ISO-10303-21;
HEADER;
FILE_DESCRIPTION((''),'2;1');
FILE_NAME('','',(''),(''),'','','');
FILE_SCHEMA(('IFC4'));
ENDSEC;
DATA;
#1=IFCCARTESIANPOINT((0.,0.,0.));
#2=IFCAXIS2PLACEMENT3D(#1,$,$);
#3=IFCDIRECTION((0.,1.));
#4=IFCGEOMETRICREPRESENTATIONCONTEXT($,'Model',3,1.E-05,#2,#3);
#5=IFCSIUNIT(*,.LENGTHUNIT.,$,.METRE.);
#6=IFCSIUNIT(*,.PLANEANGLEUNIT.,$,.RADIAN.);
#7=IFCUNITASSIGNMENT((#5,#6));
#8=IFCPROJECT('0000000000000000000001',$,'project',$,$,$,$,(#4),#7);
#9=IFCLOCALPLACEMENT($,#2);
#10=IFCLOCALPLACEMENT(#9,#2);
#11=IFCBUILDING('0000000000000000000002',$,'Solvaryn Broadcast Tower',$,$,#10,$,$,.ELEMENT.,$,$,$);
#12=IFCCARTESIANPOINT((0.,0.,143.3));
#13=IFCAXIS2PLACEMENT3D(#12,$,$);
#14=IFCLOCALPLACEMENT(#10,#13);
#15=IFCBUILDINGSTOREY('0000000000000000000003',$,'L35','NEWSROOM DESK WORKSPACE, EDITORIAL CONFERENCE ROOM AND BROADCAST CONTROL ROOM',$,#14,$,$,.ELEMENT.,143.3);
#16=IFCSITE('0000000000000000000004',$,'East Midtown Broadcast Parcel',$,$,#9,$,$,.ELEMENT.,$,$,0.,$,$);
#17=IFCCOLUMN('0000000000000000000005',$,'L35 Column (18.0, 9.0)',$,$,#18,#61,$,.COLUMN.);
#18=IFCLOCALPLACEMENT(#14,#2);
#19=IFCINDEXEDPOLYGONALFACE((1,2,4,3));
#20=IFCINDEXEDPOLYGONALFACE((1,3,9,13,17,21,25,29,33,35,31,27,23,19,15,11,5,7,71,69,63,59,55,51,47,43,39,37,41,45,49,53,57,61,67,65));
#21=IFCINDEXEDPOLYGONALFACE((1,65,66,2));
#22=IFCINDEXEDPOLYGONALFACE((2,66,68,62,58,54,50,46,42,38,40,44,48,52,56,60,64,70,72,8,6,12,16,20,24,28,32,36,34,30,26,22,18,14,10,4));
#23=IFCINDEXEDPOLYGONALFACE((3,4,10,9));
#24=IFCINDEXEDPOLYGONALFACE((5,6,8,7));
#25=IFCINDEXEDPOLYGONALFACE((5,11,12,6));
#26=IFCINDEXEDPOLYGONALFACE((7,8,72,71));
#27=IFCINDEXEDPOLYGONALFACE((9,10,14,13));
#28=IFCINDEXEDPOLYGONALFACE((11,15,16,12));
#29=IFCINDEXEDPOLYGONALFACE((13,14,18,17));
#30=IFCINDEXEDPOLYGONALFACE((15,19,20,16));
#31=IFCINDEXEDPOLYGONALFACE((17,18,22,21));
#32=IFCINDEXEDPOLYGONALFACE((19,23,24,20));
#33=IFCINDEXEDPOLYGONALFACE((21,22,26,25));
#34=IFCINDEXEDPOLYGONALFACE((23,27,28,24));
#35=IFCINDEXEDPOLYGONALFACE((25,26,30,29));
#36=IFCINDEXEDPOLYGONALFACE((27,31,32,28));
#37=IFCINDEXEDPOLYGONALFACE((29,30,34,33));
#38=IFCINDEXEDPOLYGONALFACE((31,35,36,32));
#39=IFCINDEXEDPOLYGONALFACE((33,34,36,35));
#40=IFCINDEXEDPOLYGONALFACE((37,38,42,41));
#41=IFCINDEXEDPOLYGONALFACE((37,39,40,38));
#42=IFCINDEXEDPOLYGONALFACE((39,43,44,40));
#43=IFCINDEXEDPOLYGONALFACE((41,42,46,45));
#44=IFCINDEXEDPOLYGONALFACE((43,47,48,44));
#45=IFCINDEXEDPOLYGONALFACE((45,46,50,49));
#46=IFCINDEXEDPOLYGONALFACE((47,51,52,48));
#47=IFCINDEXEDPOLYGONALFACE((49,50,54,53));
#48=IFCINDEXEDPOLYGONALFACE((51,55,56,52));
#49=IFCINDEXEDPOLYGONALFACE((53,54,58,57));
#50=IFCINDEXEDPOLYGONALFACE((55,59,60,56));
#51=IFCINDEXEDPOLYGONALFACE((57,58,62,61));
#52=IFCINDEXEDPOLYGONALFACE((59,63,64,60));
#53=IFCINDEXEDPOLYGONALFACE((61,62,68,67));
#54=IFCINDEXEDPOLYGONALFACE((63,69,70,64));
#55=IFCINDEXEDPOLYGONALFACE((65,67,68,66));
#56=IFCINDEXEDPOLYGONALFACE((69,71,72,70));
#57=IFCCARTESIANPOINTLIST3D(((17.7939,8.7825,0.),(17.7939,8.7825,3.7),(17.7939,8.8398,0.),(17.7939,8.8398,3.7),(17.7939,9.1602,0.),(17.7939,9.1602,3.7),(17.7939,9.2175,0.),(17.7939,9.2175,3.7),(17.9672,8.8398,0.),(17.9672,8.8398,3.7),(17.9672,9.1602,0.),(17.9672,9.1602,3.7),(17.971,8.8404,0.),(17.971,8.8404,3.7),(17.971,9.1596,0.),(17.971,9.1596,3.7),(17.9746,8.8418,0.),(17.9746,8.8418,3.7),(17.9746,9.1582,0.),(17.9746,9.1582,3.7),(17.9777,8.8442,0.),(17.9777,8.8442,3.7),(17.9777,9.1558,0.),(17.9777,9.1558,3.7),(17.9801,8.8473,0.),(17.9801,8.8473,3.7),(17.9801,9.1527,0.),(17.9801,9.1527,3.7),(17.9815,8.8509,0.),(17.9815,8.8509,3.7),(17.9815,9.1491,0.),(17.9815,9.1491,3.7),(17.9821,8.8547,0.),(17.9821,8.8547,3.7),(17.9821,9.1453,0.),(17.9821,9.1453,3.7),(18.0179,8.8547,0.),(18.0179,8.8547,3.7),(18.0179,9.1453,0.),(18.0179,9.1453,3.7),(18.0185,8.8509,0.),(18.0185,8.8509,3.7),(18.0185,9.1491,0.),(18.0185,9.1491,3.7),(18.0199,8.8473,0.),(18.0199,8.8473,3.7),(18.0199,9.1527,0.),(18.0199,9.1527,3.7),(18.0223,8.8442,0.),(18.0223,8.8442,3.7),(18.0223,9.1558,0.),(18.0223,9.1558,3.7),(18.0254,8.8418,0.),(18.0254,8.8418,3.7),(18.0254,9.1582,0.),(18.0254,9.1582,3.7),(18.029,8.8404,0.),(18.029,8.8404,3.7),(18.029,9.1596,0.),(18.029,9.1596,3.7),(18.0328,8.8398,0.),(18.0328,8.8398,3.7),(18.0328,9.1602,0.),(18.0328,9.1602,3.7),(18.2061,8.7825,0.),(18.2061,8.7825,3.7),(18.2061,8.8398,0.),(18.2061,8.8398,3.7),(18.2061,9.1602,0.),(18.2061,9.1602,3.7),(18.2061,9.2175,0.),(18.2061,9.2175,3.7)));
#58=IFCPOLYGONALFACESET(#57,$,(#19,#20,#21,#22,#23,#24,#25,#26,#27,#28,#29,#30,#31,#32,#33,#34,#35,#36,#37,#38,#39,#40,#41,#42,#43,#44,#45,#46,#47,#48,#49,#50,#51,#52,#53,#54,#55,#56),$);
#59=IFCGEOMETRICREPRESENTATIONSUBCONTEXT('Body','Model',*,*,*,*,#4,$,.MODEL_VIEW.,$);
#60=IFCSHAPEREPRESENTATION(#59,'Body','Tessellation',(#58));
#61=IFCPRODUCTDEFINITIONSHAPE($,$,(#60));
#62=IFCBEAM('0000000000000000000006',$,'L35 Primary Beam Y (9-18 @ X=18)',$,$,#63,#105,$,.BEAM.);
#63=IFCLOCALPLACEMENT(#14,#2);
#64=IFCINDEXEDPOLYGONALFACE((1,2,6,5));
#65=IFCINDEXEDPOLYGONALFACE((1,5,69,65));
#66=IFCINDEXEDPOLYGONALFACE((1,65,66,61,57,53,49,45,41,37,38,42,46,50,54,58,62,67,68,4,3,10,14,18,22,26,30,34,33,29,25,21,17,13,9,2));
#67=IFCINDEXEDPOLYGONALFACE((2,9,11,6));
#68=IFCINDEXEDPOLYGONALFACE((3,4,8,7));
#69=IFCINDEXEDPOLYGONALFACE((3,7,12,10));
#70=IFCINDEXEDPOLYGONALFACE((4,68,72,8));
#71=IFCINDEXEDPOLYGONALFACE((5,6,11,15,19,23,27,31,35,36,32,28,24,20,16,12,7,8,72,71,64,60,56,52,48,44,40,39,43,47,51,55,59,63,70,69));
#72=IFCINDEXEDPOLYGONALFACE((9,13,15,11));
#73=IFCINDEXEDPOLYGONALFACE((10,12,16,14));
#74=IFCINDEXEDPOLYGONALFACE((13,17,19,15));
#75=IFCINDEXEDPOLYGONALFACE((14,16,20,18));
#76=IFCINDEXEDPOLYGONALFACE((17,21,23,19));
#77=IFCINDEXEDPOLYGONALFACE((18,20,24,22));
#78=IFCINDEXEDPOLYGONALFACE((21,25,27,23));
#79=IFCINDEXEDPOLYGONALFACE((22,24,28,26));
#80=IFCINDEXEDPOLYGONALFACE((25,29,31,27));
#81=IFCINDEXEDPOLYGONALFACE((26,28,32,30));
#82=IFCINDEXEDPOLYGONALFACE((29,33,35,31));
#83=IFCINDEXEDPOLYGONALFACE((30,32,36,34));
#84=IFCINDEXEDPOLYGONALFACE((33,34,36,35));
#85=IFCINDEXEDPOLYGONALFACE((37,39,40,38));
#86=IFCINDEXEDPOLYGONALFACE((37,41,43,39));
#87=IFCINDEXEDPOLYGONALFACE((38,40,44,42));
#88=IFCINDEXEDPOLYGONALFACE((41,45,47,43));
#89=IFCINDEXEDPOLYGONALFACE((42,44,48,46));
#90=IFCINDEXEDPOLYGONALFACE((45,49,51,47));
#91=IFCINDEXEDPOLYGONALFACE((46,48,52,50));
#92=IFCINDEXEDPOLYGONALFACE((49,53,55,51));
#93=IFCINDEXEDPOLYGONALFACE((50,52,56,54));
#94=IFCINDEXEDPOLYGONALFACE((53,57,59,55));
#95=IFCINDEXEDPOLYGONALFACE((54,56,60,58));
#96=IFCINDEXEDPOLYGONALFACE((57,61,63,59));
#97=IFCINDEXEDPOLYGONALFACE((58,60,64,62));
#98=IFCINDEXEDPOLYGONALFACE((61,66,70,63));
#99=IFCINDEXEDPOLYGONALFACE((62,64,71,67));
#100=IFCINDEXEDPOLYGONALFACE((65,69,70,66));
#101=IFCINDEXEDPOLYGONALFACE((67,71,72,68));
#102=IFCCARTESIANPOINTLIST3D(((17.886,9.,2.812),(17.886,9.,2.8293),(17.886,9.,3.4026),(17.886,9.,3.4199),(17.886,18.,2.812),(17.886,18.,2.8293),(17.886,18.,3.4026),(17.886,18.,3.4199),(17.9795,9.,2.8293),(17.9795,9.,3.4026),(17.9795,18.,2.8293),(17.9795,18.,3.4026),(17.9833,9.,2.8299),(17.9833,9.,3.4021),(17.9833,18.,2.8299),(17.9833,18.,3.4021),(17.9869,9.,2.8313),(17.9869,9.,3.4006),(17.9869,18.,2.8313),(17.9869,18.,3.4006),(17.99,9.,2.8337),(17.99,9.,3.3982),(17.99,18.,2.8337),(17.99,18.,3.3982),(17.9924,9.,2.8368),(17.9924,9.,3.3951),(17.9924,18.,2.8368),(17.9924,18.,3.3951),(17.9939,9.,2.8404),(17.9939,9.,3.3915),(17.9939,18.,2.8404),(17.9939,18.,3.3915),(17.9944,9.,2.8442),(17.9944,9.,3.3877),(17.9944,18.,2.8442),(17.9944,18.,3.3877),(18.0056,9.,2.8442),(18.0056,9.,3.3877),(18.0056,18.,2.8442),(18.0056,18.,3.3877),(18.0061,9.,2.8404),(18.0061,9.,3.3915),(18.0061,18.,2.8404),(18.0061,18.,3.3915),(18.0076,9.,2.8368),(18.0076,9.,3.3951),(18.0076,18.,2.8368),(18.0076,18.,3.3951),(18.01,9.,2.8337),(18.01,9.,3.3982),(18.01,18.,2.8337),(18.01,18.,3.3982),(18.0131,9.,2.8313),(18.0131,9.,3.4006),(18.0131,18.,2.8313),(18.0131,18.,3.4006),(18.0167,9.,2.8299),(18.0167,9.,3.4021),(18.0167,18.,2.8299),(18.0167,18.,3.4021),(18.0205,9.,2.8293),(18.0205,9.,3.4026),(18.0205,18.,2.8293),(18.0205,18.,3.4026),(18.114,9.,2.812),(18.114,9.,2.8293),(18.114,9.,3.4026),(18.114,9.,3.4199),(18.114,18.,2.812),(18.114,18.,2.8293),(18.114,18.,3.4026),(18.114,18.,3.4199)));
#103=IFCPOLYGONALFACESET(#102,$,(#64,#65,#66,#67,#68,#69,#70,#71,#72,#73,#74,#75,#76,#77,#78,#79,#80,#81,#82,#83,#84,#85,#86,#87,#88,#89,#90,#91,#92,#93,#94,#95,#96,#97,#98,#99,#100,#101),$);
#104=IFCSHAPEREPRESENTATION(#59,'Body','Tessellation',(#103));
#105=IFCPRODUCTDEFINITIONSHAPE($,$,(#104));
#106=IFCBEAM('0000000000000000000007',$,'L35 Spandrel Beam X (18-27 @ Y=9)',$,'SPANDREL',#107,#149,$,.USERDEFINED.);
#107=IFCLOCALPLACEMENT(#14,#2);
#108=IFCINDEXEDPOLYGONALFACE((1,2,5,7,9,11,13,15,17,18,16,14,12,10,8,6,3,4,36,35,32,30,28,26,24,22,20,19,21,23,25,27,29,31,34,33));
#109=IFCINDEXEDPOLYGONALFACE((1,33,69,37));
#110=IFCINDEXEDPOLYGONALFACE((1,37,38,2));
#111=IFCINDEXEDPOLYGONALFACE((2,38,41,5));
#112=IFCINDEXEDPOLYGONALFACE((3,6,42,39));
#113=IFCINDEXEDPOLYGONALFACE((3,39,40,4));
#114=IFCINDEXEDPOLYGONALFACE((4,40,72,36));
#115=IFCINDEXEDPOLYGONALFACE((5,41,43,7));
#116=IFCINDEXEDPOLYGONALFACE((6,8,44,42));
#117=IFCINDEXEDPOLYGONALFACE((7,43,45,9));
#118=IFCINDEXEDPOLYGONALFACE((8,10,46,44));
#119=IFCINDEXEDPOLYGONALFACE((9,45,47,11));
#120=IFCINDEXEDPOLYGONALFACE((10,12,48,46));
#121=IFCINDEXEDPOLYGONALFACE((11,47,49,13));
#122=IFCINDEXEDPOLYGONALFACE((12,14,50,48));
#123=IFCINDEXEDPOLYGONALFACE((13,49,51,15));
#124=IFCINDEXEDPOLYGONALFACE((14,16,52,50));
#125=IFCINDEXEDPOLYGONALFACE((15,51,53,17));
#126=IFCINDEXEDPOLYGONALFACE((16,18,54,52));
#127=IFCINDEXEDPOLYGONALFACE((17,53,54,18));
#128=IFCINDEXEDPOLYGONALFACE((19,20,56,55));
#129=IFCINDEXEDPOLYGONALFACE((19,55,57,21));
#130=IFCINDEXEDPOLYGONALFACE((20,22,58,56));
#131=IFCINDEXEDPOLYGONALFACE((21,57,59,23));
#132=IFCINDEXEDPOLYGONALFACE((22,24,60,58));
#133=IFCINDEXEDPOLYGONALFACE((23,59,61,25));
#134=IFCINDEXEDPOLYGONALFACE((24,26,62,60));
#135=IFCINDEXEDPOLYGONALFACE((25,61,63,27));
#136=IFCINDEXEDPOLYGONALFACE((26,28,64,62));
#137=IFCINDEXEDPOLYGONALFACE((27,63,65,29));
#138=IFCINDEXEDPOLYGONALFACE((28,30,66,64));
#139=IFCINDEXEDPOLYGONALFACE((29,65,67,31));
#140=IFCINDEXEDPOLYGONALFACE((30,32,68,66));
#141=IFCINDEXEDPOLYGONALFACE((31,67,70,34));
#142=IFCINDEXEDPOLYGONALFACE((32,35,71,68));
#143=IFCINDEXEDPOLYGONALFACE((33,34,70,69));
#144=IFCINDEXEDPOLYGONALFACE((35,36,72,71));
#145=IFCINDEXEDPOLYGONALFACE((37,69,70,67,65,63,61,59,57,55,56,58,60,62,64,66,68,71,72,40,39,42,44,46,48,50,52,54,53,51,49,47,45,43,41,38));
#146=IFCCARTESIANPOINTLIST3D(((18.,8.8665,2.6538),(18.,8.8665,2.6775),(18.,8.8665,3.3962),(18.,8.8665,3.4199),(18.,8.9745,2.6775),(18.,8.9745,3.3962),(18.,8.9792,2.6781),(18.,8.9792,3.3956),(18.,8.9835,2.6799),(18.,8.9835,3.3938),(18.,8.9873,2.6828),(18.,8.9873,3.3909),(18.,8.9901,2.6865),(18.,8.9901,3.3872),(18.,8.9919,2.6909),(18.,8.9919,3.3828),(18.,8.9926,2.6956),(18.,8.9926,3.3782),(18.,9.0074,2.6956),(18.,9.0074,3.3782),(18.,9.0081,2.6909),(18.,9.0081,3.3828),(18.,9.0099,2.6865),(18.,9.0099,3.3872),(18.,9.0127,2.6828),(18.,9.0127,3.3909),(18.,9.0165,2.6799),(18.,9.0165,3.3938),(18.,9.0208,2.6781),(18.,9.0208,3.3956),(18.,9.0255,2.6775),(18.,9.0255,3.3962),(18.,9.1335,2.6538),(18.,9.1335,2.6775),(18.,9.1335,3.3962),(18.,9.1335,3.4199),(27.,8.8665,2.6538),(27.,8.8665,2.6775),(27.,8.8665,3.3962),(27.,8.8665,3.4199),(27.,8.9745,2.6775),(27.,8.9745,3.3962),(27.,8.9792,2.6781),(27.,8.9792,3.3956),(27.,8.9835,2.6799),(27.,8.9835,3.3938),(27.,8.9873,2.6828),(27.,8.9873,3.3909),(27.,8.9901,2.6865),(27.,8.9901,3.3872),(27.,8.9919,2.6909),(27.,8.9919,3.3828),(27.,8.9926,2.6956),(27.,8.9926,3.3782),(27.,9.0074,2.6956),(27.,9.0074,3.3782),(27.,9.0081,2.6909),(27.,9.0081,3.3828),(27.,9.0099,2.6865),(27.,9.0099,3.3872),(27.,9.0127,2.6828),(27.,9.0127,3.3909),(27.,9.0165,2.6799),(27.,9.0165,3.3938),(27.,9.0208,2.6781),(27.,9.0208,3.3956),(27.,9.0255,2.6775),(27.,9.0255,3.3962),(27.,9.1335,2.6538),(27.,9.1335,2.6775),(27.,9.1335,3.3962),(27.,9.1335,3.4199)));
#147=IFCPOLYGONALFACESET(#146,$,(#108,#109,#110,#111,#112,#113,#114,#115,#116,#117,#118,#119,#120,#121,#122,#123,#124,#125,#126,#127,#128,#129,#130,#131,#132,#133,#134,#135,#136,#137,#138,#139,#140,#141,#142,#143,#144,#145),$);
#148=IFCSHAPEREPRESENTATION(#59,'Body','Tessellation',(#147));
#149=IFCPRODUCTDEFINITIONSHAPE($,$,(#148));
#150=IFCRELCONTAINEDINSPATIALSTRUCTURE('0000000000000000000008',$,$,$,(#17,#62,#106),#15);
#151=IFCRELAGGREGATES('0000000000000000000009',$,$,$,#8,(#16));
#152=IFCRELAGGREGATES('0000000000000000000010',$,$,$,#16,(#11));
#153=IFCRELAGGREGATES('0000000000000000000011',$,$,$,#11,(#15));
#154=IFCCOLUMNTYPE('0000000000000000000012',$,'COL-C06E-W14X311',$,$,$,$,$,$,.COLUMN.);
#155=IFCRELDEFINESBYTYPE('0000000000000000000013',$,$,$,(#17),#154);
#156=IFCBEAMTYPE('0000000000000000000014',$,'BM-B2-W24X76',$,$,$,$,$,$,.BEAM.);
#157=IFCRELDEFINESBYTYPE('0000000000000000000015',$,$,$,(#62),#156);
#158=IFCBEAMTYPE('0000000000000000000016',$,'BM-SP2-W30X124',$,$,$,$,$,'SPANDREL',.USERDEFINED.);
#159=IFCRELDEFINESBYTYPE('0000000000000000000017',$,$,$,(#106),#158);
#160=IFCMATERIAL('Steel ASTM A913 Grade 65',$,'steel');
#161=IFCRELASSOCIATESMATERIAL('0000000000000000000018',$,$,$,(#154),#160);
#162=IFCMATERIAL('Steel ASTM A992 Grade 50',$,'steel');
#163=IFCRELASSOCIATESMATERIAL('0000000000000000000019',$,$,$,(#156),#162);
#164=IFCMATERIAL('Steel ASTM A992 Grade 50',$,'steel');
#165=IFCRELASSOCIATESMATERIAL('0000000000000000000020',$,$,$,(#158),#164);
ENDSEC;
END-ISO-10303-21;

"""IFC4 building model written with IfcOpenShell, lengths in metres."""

from ifc_helpers import new_model, si_unit, direction, frame, origin, origin_2d, place, context, subcontext, project, spatial, i_section, extrude, material, material_profile, profile_set, type_object, element, save


model = new_model("IFC4")

# Units and contexts
model_context = context("Model", 3, precision=1e-05, world=origin(), true_north=direction((0.0, 1.0)))
body_context = subcontext(model_context, "Body", "Model", "MODEL_VIEW")
ifc_project = project(units=[si_unit("LENGTHUNIT", "METRE"), si_unit("PLANEANGLEUNIT", "RADIAN")], contexts=[model_context])

# Site, building, storey
site_placement = place(None, origin())
site = spatial("IfcSite", under=ifc_project, at=site_placement, Name="East Midtown Broadcast Parcel", CompositionType="ELEMENT", RefElevation=0.0)
building_placement = place(site_placement, origin())
building = spatial("IfcBuilding", under=site, at=building_placement, Name="Solvaryn Broadcast Tower", CompositionType="ELEMENT")
storey_placement = place(building_placement, frame((0.0, 0.0, 143.3)))
storey = spatial("IfcBuildingStorey", under=building, at=storey_placement, Name="L35", Description="NEWSROOM DESK WORKSPACE, EDITORIAL CONFERENCE ROOM AND BROADCAST CONTROL ROOM", CompositionType="ELEMENT", Elevation=143.3)

# Column
ifc_material_1 = material(Name="Steel ASTM A913 Grade 65", Category="steel")
ifc_material_profile_1 = material_profile(ifc_material_1, i_section(OverallWidth=0.4121, OverallDepth=0.4351, WebThickness=0.0359, FlangeThickness=0.0574, FilletRadius=0.0149, at=origin_2d()))
ifc_profile_set_1 = profile_set([ifc_material_profile_1], Name="Steel ASTM A913 Grade 65")
column_type = type_object("IfcColumnType", Name="COL-C06E-W14X311", PredefinedType="COLUMN", material=ifc_profile_set_1)
column_placement = place(storey_placement, frame((18.0, 9.0, 0.0), z_axis=(0.0, 0.0, 1.0), x_axis=(1.0, 0.0, 0.0)))
element("IfcColumn", 1, at=column_placement, inside=storey, type_object=column_type, Name="L35 Column (18.0, 9.0)", PredefinedType="COLUMN", context=body_context, shape_type="SweptSolid", body=[
    extrude(i_section(OverallWidth=0.4121, OverallDepth=0.4351, WebThickness=0.0359, FlangeThickness=0.0574, FilletRadius=0.0149, at=origin_2d()), origin(), (0.0, 0.0, 1.0), 3.7),
])

# Beams
ifc_material_2 = material(Name="Steel ASTM A992 Grade 50", Category="steel")
ifc_material_profile_2 = material_profile(ifc_material_2, i_section(OverallWidth=0.228, OverallDepth=0.6079, WebThickness=0.0112, FlangeThickness=0.0173, FilletRadius=0.0149, at=origin_2d()))
ifc_profile_set_2 = profile_set([ifc_material_profile_2], Name="Steel ASTM A992 Grade 50")
beam_type_1 = type_object("IfcBeamType", Name="BM-B2-W24X76", PredefinedType="BEAM", material=ifc_profile_set_2)
beam_1_placement = place(storey_placement, frame((18.0, 9.0, 3.116), z_axis=(0.0, 1.0, 0.0), x_axis=(-1.0, 0.0, 0.0)))
element("IfcBeam", 2, at=beam_1_placement, inside=storey, type_object=beam_type_1, Name="L35 Primary Beam Y (9-18 @ X=18)", PredefinedType="BEAM", context=body_context, shape_type="SweptSolid", body=[
    extrude(i_section(OverallWidth=0.228, OverallDepth=0.6079, WebThickness=0.0112, FlangeThickness=0.0173, FilletRadius=0.0149, at=origin_2d()), origin(), (0.0, 0.0, 1.0), 9.0),
])
ifc_material_3 = material(Name="Steel ASTM A992 Grade 50", Category="steel")
ifc_material_profile_3 = material_profile(ifc_material_3, i_section(OverallWidth=0.2671, OverallDepth=0.7661, WebThickness=0.0149, FlangeThickness=0.0237, FilletRadius=0.0181, at=origin_2d()))
ifc_profile_set_3 = profile_set([ifc_material_profile_3], Name="Steel ASTM A992 Grade 50")
beam_type_2 = type_object("IfcBeamType", Name="BM-SP2-W30X124", ElementType="SPANDREL", PredefinedType="USERDEFINED", material=ifc_profile_set_3)
beam_2_placement = place(storey_placement, frame((18.0, 9.0, 3.0369), z_axis=(1.0, 0.0, 0.0), x_axis=(0.0, 1.0, 0.0)))
element("IfcBeam", 3, at=beam_2_placement, inside=storey, type_object=beam_type_2, Name="L35 Spandrel Beam X (18-27 @ Y=9)", ObjectType="SPANDREL", PredefinedType="USERDEFINED", context=body_context, shape_type="SweptSolid", body=[
    extrude(i_section(OverallWidth=0.2671, OverallDepth=0.7661, WebThickness=0.0149, FlangeThickness=0.0237, FilletRadius=0.0181, at=origin_2d()), origin(), (0.0, 0.0, 1.0), 9.0),
])

save(model, "model.ifc")
